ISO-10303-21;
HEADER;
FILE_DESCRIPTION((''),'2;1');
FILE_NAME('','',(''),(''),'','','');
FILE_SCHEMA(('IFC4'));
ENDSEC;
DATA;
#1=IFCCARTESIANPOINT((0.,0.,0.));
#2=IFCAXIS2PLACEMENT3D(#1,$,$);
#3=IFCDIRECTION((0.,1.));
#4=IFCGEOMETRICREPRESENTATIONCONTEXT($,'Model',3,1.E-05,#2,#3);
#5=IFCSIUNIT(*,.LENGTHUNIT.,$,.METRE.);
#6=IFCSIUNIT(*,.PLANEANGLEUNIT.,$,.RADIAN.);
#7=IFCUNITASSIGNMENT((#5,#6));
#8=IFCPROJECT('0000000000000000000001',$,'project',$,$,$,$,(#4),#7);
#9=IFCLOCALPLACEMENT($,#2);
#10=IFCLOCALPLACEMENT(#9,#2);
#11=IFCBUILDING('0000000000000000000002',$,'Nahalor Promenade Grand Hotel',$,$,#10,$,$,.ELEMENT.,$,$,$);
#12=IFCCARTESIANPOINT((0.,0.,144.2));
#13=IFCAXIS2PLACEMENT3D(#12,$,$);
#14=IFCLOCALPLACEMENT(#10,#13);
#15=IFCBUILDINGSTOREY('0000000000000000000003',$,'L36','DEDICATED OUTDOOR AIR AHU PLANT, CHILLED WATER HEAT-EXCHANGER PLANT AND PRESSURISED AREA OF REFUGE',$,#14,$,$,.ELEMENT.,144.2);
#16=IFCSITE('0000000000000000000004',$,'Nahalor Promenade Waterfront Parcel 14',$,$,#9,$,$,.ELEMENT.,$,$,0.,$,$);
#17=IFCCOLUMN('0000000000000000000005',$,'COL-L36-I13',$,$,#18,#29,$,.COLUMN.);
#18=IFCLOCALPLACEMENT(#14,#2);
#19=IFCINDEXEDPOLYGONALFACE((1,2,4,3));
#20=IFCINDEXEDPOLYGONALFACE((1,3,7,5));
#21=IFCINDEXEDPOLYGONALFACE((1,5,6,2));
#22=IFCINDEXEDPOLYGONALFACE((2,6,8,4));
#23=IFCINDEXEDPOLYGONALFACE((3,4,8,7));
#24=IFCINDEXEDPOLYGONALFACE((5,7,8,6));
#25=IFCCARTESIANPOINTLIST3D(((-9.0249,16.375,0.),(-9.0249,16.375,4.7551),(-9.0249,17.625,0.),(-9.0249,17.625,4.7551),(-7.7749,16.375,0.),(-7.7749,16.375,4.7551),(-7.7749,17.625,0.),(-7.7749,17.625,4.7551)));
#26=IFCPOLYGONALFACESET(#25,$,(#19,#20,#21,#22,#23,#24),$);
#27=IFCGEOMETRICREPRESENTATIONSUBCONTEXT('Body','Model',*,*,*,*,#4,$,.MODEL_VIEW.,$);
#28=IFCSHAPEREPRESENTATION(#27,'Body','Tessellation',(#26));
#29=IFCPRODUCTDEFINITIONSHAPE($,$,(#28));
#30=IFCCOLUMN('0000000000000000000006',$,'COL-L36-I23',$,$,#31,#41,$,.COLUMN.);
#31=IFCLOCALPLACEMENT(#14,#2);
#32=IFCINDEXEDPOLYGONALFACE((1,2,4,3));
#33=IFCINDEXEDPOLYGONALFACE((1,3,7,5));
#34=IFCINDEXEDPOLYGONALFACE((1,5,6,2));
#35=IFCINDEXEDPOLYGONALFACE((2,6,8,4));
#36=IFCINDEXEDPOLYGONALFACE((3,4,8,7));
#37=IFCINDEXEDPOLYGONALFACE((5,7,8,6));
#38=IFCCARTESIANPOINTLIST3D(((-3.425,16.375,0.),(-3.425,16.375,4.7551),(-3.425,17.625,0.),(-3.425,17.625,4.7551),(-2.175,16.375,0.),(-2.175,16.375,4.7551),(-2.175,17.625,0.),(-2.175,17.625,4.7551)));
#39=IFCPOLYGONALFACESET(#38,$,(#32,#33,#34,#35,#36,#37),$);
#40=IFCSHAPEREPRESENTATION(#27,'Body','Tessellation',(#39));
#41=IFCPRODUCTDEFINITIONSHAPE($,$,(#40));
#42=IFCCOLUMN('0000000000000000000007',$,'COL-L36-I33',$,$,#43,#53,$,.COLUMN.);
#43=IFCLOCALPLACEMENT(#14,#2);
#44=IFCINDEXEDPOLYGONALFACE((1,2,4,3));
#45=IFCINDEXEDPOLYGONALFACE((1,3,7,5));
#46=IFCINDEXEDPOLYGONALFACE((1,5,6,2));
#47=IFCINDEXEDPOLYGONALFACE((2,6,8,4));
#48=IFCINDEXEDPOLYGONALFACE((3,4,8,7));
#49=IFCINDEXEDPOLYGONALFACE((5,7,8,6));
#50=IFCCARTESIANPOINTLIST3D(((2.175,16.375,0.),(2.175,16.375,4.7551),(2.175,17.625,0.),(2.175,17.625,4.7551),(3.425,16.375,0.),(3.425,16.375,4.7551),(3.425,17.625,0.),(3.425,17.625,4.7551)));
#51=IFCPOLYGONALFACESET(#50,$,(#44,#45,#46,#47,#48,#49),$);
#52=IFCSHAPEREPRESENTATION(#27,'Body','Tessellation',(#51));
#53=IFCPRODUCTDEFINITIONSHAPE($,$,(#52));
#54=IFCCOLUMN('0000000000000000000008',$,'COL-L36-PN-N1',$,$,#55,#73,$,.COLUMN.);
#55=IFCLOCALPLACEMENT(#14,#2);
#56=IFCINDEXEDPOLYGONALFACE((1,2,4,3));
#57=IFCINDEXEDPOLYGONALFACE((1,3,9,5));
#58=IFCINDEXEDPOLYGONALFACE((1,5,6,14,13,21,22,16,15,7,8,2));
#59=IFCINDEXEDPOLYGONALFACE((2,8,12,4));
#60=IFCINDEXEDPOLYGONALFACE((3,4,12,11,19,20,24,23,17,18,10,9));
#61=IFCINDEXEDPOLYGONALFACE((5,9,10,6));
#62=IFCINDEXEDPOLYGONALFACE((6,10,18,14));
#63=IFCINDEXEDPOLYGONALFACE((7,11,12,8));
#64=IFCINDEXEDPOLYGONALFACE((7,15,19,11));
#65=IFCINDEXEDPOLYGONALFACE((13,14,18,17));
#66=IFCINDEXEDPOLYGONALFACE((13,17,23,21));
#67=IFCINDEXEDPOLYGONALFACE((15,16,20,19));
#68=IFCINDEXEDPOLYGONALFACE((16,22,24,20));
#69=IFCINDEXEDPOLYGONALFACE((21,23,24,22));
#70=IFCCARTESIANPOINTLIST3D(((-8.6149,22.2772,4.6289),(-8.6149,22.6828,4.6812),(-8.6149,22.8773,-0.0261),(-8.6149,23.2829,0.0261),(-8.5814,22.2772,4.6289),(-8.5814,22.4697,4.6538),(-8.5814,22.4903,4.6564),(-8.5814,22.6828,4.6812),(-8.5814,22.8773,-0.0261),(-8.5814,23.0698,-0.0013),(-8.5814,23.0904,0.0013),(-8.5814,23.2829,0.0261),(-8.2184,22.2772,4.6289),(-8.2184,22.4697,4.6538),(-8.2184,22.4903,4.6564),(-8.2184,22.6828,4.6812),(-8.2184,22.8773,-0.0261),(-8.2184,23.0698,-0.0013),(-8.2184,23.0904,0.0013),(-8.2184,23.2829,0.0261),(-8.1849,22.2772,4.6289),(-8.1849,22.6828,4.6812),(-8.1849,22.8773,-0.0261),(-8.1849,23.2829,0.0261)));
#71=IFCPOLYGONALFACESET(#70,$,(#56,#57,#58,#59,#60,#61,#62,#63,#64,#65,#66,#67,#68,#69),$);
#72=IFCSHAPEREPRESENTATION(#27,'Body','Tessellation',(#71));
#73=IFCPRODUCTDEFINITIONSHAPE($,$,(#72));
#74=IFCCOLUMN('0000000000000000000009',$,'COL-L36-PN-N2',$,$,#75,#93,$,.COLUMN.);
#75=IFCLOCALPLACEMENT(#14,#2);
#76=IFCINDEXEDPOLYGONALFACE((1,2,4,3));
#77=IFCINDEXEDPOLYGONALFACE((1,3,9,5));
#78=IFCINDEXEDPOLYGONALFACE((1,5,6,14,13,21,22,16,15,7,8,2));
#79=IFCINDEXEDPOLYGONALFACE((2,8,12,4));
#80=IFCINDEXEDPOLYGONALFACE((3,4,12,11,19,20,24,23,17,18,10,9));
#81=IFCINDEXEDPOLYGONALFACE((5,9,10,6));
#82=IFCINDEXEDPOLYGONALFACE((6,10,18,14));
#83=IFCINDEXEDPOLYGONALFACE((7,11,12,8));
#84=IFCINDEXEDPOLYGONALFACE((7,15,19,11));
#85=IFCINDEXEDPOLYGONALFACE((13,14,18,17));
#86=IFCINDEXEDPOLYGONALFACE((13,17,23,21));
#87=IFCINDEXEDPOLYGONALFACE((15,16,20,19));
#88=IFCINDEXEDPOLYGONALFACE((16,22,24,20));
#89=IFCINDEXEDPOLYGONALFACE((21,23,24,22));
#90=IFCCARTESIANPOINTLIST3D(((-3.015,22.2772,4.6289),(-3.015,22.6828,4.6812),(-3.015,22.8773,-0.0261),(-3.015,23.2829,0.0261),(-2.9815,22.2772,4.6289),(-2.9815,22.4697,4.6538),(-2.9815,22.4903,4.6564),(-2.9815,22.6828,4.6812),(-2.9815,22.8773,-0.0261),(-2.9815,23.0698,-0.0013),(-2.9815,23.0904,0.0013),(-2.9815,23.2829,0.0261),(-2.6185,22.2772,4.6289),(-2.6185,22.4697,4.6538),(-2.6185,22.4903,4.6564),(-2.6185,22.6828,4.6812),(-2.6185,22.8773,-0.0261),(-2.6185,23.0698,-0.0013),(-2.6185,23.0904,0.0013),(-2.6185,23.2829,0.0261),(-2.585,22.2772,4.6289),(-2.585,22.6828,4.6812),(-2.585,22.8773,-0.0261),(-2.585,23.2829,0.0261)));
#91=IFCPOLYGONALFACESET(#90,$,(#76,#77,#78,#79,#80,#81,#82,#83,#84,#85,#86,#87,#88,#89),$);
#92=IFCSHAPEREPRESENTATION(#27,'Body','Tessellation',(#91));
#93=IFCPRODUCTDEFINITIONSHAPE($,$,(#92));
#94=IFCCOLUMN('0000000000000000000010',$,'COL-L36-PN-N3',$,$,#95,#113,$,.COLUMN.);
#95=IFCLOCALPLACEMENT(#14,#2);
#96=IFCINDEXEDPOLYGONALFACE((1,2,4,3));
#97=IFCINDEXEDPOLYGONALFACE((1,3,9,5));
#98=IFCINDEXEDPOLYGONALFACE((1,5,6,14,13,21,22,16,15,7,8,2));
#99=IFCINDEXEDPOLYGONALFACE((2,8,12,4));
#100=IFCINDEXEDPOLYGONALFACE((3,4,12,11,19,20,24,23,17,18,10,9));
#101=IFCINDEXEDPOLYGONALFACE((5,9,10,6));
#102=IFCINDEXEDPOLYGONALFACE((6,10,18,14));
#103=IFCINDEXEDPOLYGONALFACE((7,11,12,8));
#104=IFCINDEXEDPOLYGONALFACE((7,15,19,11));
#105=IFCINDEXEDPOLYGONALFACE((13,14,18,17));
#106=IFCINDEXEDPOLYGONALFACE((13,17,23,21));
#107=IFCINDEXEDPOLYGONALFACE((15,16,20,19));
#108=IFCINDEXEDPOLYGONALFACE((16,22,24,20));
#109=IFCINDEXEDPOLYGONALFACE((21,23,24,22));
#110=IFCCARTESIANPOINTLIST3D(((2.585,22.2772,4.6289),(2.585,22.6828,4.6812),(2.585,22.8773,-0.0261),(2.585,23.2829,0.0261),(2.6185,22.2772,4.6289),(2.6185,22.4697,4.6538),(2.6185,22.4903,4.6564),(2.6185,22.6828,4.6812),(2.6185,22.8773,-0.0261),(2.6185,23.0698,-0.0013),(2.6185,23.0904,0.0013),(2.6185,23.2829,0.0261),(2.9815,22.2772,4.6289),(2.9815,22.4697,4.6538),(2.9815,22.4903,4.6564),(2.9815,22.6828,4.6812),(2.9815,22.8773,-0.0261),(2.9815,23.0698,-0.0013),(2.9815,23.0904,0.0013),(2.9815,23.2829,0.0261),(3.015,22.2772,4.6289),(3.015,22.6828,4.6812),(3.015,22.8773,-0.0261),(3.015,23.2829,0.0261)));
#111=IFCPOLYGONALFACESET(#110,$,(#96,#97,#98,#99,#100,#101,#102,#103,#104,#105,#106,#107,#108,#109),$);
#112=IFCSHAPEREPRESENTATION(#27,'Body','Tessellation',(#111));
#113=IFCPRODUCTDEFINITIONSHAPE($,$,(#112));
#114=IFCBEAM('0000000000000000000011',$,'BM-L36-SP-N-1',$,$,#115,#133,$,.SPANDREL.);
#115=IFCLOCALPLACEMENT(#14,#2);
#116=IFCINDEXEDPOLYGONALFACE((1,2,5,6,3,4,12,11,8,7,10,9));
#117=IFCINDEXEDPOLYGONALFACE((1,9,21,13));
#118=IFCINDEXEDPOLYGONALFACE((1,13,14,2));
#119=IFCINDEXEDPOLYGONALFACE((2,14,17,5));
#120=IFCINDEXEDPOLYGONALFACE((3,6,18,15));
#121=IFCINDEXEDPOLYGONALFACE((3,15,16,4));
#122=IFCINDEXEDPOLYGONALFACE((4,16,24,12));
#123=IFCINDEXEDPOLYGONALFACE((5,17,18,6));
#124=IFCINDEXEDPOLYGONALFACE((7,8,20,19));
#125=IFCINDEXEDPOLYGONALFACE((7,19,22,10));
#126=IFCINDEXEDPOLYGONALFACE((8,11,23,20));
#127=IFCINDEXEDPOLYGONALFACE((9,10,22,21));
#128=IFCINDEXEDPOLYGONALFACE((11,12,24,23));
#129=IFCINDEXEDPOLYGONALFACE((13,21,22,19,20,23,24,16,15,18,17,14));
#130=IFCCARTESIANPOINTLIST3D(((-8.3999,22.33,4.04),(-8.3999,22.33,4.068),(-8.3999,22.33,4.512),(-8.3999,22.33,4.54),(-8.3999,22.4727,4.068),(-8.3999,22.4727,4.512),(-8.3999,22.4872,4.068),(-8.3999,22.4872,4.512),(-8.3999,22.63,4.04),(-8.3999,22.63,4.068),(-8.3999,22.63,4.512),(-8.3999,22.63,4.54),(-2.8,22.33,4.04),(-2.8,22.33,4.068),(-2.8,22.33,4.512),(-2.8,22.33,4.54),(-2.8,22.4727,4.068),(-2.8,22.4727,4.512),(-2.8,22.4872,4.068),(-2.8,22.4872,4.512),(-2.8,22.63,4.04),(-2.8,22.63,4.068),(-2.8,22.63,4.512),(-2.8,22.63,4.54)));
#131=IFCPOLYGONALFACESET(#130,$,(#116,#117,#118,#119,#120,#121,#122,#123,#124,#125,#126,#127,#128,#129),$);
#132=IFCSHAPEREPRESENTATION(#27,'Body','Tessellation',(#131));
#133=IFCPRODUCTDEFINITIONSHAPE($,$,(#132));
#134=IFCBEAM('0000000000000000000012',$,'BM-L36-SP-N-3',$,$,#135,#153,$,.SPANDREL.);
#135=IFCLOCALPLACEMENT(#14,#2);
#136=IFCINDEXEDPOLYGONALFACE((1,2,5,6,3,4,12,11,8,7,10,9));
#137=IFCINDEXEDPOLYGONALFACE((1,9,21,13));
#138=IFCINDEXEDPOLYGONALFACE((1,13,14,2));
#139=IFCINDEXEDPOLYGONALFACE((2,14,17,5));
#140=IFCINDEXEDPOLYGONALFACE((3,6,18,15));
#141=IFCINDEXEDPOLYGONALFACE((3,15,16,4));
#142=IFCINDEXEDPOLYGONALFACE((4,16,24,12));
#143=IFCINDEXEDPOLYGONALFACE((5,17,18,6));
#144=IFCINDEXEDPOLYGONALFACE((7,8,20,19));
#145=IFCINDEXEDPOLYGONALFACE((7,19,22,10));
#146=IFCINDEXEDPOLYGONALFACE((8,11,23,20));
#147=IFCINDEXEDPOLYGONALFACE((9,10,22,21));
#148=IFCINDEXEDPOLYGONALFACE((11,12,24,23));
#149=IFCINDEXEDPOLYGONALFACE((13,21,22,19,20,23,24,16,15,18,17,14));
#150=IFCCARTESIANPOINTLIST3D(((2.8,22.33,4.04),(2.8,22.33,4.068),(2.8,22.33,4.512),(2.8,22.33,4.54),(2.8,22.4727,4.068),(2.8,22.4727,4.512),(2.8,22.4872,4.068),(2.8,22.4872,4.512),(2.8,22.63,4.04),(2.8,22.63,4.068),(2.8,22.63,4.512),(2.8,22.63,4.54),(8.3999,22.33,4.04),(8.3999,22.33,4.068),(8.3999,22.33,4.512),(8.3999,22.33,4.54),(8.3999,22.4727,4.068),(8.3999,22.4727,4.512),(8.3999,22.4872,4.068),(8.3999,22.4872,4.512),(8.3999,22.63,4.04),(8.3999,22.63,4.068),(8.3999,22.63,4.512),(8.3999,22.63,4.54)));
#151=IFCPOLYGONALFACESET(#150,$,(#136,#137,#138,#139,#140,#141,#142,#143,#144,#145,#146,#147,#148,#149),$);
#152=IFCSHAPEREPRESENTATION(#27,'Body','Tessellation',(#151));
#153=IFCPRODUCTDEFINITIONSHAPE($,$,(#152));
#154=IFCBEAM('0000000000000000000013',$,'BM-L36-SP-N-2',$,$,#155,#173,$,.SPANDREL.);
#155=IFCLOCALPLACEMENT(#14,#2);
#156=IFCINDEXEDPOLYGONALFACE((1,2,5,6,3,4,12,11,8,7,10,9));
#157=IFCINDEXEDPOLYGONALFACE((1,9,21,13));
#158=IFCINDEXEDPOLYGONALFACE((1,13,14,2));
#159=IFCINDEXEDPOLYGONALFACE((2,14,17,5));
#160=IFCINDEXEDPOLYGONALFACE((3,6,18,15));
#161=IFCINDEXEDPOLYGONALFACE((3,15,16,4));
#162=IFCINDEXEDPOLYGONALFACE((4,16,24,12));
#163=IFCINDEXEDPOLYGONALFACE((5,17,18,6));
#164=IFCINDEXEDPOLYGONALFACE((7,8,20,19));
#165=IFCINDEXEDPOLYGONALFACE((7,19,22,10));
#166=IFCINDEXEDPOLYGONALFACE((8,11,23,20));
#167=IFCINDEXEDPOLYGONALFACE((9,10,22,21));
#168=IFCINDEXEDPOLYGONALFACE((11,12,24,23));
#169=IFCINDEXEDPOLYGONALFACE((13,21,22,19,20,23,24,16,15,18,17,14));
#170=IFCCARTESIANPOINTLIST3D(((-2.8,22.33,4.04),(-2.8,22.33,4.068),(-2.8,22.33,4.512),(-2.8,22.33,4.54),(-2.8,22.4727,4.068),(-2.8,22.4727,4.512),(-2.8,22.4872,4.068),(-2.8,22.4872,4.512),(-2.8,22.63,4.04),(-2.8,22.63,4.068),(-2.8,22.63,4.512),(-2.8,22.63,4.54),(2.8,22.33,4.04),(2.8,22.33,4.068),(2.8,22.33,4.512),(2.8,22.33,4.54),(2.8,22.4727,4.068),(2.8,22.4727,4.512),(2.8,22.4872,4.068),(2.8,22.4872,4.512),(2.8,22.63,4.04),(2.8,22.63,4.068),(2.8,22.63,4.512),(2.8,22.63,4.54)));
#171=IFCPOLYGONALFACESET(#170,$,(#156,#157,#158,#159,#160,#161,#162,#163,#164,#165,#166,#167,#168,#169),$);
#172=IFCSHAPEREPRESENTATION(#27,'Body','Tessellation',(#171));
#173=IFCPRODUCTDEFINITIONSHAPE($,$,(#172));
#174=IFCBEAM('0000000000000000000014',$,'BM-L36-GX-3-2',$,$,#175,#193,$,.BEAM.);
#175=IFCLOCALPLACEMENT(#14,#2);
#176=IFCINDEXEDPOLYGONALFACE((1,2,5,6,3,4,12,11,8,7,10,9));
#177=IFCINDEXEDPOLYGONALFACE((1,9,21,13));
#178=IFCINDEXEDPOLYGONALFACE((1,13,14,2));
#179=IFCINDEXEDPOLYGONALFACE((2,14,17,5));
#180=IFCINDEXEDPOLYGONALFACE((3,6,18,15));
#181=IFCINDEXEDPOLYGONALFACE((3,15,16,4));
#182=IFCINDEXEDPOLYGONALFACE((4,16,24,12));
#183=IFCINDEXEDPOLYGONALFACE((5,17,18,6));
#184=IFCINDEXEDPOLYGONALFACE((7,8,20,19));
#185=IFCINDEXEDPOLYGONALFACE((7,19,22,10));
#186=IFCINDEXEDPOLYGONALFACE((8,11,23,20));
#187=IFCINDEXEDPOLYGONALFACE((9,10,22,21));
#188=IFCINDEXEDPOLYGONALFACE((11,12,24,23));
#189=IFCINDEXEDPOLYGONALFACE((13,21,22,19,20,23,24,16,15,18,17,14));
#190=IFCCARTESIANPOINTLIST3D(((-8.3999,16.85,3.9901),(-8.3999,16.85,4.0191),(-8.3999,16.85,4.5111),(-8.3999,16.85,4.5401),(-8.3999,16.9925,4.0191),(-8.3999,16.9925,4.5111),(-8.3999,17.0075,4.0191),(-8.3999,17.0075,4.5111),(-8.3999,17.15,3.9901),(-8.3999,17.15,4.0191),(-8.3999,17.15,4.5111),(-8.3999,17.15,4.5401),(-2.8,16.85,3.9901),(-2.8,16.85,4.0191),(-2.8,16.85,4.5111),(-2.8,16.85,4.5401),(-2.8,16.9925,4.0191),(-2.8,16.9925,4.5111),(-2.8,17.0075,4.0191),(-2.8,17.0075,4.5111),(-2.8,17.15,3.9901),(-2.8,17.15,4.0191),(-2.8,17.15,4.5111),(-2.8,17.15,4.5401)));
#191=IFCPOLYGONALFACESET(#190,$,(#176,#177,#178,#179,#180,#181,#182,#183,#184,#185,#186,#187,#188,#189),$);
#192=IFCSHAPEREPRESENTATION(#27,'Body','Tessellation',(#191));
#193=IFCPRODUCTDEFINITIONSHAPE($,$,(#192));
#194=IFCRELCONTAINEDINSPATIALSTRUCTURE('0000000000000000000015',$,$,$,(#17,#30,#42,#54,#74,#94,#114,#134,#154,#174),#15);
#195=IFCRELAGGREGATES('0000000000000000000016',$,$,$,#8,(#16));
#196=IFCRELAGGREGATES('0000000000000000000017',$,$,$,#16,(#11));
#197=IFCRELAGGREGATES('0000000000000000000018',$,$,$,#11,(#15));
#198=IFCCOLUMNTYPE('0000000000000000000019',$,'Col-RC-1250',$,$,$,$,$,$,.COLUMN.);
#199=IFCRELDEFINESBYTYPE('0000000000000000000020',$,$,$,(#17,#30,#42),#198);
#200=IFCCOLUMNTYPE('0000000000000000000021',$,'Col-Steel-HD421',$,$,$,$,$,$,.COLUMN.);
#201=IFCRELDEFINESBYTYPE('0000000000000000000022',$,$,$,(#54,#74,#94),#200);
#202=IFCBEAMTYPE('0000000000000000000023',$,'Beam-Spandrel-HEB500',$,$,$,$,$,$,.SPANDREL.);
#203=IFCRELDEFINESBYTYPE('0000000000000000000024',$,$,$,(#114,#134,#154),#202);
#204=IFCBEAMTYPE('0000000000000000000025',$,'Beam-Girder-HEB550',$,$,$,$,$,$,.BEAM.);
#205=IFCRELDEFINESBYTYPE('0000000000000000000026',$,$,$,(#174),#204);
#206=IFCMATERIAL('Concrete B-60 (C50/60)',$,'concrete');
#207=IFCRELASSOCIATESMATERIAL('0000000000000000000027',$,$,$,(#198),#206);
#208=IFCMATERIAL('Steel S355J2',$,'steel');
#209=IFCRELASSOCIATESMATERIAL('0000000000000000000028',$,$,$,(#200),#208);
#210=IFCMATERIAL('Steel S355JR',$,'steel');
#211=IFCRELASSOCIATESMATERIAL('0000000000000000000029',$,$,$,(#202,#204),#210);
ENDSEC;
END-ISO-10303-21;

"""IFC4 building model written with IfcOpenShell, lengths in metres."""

from ifc_helpers import new_model, si_unit, direction, frame, origin, origin_2d, place, context, subcontext, project, spatial, rectangle, i_section, extrude, source, transform, mapped, material, material_profile, profile_set, type_object, element, save


model = new_model("IFC4")

# Units and contexts
model_context = context("Model", 3, precision=1e-05, world=origin(), true_north=direction((0.0, 1.0)))
body_context = subcontext(model_context, "Body", "Model", "MODEL_VIEW")
ifc_project = project(units=[si_unit("LENGTHUNIT", "METRE"), si_unit("PLANEANGLEUNIT", "RADIAN")], contexts=[model_context])

# Site, building, storey
site_placement = place(None, origin())
site = spatial("IfcSite", under=ifc_project, at=site_placement, Name="Nahalor Promenade Waterfront Parcel 14", CompositionType="ELEMENT", RefElevation=0.0)
building_placement = place(site_placement, origin())
building = spatial("IfcBuilding", under=site, at=building_placement, Name="Nahalor Promenade Grand Hotel", CompositionType="ELEMENT")
storey_placement = place(building_placement, frame((0.0, 0.0, 144.2)))
storey = spatial("IfcBuildingStorey", under=building, at=storey_placement, Name="L36", Description="DEDICATED OUTDOOR AIR AHU PLANT, CHILLED WATER HEAT-EXCHANGER PLANT AND PRESSURISED AREA OF REFUGE", CompositionType="ELEMENT", Elevation=144.2)

# Columns
ifc_material_1 = material(Name="Concrete B-60 (C50/60)", Category="concrete")
ifc_material_profile_1 = material_profile(ifc_material_1, rectangle(XDim=1.25, YDim=1.25, at=origin_2d()), Name="RC 1250x1250")
ifc_profile_set_1 = profile_set([ifc_material_profile_1], Name="Concrete B-60 (C50/60)")
column_type_1 = type_object("IfcColumnType", Name="Col-RC-1250", PredefinedType="COLUMN", material=ifc_profile_set_1)
shared_shape_1 = source(origin(), body_context, "Body", "SweptSolid", [
    extrude(rectangle(XDim=1.25, YDim=1.25, at=origin_2d()), origin(), (0.0, 0.0, 1.0), 4.7551),
])
for number, where, z_axis, x_axis, name in (
    (1, (-8.3999, 17.0, 0.0), (0.0, 0.0, 1.0), (1.0, 0.0, 0.0), "COL-L36-I13"),
    (2, (-2.8, 17.0, 0.0), (0.0, 0.0, 1.0), (1.0, 0.0, 0.0), "COL-L36-I23"),
    (3, (2.8, 17.0, 0.0), (0.0, 0.0, 1.0), (1.0, 0.0, 0.0), "COL-L36-I33"),
):
    element("IfcColumn", number, at=place(storey_placement, frame(where, z_axis=z_axis, x_axis=x_axis)), inside=storey, type_object=column_type_1, Name=name, PredefinedType="COLUMN", context=body_context, shape_type="MappedRepresentation", body=[
        mapped(shared_shape_1, transform((0.0, 0.0, 0.0), scale=1.0)),
    ])
ifc_material_2 = material(Name="Steel S355J2", Category="steel")
ifc_material_profile_2 = material_profile(ifc_material_2, i_section(OverallWidth=0.409, OverallDepth=0.43, WebThickness=0.0208, FlangeThickness=0.0335, at=origin_2d()), Name="HD 400x421")
ifc_profile_set_2 = profile_set([ifc_material_profile_2], Name="Steel S355J2")
column_type_2 = type_object("IfcColumnType", Name="Col-Steel-HD421", PredefinedType="COLUMN", material=ifc_profile_set_2)
shared_shape_2 = source(origin(), body_context, "Body", "SweptSolid", [
    extrude(i_section(OverallWidth=0.409, OverallDepth=0.43, WebThickness=0.0208, FlangeThickness=0.0335, at=origin_2d()), origin(), (0.0, 0.0, 1.0), 4.6936),
])
for number, where, z_axis, x_axis, name in (
    (4, (-8.3999, 23.0801, 0.0), (0.0, -0.127856, 0.991793), (0.0, 0.991793, 0.127856), "COL-L36-PN-N1"),
    (5, (-2.8, 23.0801, 0.0), (0.0, -0.127856, 0.991793), (0.0, 0.991793, 0.127856), "COL-L36-PN-N2"),
    (6, (2.8, 23.0801, 0.0), (0.0, -0.127856, 0.991793), (0.0, 0.991793, 0.127856), "COL-L36-PN-N3"),
):
    element("IfcColumn", number, at=place(storey_placement, frame(where, z_axis=z_axis, x_axis=x_axis)), inside=storey, type_object=column_type_2, Name=name, PredefinedType="COLUMN", context=body_context, shape_type="MappedRepresentation", body=[
        mapped(shared_shape_2, transform((0.0, 0.0, 0.0), scale=1.0)),
    ])

# Beams
ifc_material_3 = material(Name="Steel S355JR", Category="steel")
ifc_material_profile_3 = material_profile(ifc_material_3, i_section(OverallWidth=0.3, OverallDepth=0.5, WebThickness=0.0145, FlangeThickness=0.028, at=origin_2d()), Name="HEB 500")
ifc_profile_set_3 = profile_set([ifc_material_profile_3], Name="Steel S355JR")
beam_type_1 = type_object("IfcBeamType", Name="Beam-Spandrel-HEB500", PredefinedType="SPANDREL", material=ifc_profile_set_3)
shared_shape_3 = source(origin(), body_context, "Body", "SweptSolid", [
    extrude(i_section(OverallWidth=0.3, OverallDepth=0.5, WebThickness=0.0145, FlangeThickness=0.028, at=origin_2d()), origin(), (0.0, 0.0, 1.0), 5.5999),
])
for number, where, z_axis, x_axis, name in (
    (7, (-8.3999, 22.48, 4.29), (1.0, 0.0, 0.0), (0.0, 1.0, 0.0), "BM-L36-SP-N-1"),
    (8, (2.8, 22.48, 4.29), (1.0, 0.0, 0.0), (0.0, 1.0, 0.0), "BM-L36-SP-N-3"),
):
    element("IfcBeam", number, at=place(storey_placement, frame(where, z_axis=z_axis, x_axis=x_axis)), inside=storey, type_object=beam_type_1, Name=name, PredefinedType="SPANDREL", context=body_context, shape_type="MappedRepresentation", body=[
        mapped(shared_shape_3, transform((0.0, 0.0, 0.0), scale=1.0)),
    ])
shared_shape_4 = source(origin(), body_context, "Body", "SweptSolid", [
    extrude(i_section(OverallWidth=0.3, OverallDepth=0.5, WebThickness=0.0145, FlangeThickness=0.028, at=origin_2d()), origin(), (0.0, 0.0, 1.0), 5.6001),
])
beam_1_placement = place(storey_placement, frame((-2.8, 22.48, 4.29), z_axis=(1.0, 0.0, 0.0), x_axis=(0.0, 1.0, 0.0)))
element("IfcBeam", 9, at=beam_1_placement, inside=storey, type_object=beam_type_1, Name="BM-L36-SP-N-2", PredefinedType="SPANDREL", context=body_context, shape_type="MappedRepresentation", body=[
    mapped(shared_shape_4, transform((0.0, 0.0, 0.0), scale=1.0)),
])
ifc_material_profile_4 = material_profile(ifc_material_3, i_section(OverallWidth=0.3, OverallDepth=0.55, WebThickness=0.015, FlangeThickness=0.029, at=origin_2d()), Name="HEB 550")
ifc_profile_set_4 = profile_set([ifc_material_profile_4], Name="Steel S355JR")
beam_type_2 = type_object("IfcBeamType", Name="Beam-Girder-HEB550", PredefinedType="BEAM", material=ifc_profile_set_4)
shared_shape_5 = source(origin(), body_context, "Body", "SweptSolid", [
    extrude(i_section(OverallWidth=0.3, OverallDepth=0.55, WebThickness=0.015, FlangeThickness=0.029, at=origin_2d()), origin(), (0.0, 0.0, 1.0), 5.5999),
])
for number, where, z_axis, x_axis, name in (
    (10, (-8.3999, 17.0, 4.2651), (1.0, 0.0, 0.0), (0.0, 1.0, 0.0), "BM-L36-GX-3-2"),
):
    element("IfcBeam", number, at=place(storey_placement, frame(where, z_axis=z_axis, x_axis=x_axis)), inside=storey, type_object=beam_type_2, Name=name, PredefinedType="BEAM", context=body_context, shape_type="MappedRepresentation", body=[
        mapped(shared_shape_5, transform((0.0, 0.0, 0.0), scale=1.0)),
    ])

save(model, "model.ifc")
